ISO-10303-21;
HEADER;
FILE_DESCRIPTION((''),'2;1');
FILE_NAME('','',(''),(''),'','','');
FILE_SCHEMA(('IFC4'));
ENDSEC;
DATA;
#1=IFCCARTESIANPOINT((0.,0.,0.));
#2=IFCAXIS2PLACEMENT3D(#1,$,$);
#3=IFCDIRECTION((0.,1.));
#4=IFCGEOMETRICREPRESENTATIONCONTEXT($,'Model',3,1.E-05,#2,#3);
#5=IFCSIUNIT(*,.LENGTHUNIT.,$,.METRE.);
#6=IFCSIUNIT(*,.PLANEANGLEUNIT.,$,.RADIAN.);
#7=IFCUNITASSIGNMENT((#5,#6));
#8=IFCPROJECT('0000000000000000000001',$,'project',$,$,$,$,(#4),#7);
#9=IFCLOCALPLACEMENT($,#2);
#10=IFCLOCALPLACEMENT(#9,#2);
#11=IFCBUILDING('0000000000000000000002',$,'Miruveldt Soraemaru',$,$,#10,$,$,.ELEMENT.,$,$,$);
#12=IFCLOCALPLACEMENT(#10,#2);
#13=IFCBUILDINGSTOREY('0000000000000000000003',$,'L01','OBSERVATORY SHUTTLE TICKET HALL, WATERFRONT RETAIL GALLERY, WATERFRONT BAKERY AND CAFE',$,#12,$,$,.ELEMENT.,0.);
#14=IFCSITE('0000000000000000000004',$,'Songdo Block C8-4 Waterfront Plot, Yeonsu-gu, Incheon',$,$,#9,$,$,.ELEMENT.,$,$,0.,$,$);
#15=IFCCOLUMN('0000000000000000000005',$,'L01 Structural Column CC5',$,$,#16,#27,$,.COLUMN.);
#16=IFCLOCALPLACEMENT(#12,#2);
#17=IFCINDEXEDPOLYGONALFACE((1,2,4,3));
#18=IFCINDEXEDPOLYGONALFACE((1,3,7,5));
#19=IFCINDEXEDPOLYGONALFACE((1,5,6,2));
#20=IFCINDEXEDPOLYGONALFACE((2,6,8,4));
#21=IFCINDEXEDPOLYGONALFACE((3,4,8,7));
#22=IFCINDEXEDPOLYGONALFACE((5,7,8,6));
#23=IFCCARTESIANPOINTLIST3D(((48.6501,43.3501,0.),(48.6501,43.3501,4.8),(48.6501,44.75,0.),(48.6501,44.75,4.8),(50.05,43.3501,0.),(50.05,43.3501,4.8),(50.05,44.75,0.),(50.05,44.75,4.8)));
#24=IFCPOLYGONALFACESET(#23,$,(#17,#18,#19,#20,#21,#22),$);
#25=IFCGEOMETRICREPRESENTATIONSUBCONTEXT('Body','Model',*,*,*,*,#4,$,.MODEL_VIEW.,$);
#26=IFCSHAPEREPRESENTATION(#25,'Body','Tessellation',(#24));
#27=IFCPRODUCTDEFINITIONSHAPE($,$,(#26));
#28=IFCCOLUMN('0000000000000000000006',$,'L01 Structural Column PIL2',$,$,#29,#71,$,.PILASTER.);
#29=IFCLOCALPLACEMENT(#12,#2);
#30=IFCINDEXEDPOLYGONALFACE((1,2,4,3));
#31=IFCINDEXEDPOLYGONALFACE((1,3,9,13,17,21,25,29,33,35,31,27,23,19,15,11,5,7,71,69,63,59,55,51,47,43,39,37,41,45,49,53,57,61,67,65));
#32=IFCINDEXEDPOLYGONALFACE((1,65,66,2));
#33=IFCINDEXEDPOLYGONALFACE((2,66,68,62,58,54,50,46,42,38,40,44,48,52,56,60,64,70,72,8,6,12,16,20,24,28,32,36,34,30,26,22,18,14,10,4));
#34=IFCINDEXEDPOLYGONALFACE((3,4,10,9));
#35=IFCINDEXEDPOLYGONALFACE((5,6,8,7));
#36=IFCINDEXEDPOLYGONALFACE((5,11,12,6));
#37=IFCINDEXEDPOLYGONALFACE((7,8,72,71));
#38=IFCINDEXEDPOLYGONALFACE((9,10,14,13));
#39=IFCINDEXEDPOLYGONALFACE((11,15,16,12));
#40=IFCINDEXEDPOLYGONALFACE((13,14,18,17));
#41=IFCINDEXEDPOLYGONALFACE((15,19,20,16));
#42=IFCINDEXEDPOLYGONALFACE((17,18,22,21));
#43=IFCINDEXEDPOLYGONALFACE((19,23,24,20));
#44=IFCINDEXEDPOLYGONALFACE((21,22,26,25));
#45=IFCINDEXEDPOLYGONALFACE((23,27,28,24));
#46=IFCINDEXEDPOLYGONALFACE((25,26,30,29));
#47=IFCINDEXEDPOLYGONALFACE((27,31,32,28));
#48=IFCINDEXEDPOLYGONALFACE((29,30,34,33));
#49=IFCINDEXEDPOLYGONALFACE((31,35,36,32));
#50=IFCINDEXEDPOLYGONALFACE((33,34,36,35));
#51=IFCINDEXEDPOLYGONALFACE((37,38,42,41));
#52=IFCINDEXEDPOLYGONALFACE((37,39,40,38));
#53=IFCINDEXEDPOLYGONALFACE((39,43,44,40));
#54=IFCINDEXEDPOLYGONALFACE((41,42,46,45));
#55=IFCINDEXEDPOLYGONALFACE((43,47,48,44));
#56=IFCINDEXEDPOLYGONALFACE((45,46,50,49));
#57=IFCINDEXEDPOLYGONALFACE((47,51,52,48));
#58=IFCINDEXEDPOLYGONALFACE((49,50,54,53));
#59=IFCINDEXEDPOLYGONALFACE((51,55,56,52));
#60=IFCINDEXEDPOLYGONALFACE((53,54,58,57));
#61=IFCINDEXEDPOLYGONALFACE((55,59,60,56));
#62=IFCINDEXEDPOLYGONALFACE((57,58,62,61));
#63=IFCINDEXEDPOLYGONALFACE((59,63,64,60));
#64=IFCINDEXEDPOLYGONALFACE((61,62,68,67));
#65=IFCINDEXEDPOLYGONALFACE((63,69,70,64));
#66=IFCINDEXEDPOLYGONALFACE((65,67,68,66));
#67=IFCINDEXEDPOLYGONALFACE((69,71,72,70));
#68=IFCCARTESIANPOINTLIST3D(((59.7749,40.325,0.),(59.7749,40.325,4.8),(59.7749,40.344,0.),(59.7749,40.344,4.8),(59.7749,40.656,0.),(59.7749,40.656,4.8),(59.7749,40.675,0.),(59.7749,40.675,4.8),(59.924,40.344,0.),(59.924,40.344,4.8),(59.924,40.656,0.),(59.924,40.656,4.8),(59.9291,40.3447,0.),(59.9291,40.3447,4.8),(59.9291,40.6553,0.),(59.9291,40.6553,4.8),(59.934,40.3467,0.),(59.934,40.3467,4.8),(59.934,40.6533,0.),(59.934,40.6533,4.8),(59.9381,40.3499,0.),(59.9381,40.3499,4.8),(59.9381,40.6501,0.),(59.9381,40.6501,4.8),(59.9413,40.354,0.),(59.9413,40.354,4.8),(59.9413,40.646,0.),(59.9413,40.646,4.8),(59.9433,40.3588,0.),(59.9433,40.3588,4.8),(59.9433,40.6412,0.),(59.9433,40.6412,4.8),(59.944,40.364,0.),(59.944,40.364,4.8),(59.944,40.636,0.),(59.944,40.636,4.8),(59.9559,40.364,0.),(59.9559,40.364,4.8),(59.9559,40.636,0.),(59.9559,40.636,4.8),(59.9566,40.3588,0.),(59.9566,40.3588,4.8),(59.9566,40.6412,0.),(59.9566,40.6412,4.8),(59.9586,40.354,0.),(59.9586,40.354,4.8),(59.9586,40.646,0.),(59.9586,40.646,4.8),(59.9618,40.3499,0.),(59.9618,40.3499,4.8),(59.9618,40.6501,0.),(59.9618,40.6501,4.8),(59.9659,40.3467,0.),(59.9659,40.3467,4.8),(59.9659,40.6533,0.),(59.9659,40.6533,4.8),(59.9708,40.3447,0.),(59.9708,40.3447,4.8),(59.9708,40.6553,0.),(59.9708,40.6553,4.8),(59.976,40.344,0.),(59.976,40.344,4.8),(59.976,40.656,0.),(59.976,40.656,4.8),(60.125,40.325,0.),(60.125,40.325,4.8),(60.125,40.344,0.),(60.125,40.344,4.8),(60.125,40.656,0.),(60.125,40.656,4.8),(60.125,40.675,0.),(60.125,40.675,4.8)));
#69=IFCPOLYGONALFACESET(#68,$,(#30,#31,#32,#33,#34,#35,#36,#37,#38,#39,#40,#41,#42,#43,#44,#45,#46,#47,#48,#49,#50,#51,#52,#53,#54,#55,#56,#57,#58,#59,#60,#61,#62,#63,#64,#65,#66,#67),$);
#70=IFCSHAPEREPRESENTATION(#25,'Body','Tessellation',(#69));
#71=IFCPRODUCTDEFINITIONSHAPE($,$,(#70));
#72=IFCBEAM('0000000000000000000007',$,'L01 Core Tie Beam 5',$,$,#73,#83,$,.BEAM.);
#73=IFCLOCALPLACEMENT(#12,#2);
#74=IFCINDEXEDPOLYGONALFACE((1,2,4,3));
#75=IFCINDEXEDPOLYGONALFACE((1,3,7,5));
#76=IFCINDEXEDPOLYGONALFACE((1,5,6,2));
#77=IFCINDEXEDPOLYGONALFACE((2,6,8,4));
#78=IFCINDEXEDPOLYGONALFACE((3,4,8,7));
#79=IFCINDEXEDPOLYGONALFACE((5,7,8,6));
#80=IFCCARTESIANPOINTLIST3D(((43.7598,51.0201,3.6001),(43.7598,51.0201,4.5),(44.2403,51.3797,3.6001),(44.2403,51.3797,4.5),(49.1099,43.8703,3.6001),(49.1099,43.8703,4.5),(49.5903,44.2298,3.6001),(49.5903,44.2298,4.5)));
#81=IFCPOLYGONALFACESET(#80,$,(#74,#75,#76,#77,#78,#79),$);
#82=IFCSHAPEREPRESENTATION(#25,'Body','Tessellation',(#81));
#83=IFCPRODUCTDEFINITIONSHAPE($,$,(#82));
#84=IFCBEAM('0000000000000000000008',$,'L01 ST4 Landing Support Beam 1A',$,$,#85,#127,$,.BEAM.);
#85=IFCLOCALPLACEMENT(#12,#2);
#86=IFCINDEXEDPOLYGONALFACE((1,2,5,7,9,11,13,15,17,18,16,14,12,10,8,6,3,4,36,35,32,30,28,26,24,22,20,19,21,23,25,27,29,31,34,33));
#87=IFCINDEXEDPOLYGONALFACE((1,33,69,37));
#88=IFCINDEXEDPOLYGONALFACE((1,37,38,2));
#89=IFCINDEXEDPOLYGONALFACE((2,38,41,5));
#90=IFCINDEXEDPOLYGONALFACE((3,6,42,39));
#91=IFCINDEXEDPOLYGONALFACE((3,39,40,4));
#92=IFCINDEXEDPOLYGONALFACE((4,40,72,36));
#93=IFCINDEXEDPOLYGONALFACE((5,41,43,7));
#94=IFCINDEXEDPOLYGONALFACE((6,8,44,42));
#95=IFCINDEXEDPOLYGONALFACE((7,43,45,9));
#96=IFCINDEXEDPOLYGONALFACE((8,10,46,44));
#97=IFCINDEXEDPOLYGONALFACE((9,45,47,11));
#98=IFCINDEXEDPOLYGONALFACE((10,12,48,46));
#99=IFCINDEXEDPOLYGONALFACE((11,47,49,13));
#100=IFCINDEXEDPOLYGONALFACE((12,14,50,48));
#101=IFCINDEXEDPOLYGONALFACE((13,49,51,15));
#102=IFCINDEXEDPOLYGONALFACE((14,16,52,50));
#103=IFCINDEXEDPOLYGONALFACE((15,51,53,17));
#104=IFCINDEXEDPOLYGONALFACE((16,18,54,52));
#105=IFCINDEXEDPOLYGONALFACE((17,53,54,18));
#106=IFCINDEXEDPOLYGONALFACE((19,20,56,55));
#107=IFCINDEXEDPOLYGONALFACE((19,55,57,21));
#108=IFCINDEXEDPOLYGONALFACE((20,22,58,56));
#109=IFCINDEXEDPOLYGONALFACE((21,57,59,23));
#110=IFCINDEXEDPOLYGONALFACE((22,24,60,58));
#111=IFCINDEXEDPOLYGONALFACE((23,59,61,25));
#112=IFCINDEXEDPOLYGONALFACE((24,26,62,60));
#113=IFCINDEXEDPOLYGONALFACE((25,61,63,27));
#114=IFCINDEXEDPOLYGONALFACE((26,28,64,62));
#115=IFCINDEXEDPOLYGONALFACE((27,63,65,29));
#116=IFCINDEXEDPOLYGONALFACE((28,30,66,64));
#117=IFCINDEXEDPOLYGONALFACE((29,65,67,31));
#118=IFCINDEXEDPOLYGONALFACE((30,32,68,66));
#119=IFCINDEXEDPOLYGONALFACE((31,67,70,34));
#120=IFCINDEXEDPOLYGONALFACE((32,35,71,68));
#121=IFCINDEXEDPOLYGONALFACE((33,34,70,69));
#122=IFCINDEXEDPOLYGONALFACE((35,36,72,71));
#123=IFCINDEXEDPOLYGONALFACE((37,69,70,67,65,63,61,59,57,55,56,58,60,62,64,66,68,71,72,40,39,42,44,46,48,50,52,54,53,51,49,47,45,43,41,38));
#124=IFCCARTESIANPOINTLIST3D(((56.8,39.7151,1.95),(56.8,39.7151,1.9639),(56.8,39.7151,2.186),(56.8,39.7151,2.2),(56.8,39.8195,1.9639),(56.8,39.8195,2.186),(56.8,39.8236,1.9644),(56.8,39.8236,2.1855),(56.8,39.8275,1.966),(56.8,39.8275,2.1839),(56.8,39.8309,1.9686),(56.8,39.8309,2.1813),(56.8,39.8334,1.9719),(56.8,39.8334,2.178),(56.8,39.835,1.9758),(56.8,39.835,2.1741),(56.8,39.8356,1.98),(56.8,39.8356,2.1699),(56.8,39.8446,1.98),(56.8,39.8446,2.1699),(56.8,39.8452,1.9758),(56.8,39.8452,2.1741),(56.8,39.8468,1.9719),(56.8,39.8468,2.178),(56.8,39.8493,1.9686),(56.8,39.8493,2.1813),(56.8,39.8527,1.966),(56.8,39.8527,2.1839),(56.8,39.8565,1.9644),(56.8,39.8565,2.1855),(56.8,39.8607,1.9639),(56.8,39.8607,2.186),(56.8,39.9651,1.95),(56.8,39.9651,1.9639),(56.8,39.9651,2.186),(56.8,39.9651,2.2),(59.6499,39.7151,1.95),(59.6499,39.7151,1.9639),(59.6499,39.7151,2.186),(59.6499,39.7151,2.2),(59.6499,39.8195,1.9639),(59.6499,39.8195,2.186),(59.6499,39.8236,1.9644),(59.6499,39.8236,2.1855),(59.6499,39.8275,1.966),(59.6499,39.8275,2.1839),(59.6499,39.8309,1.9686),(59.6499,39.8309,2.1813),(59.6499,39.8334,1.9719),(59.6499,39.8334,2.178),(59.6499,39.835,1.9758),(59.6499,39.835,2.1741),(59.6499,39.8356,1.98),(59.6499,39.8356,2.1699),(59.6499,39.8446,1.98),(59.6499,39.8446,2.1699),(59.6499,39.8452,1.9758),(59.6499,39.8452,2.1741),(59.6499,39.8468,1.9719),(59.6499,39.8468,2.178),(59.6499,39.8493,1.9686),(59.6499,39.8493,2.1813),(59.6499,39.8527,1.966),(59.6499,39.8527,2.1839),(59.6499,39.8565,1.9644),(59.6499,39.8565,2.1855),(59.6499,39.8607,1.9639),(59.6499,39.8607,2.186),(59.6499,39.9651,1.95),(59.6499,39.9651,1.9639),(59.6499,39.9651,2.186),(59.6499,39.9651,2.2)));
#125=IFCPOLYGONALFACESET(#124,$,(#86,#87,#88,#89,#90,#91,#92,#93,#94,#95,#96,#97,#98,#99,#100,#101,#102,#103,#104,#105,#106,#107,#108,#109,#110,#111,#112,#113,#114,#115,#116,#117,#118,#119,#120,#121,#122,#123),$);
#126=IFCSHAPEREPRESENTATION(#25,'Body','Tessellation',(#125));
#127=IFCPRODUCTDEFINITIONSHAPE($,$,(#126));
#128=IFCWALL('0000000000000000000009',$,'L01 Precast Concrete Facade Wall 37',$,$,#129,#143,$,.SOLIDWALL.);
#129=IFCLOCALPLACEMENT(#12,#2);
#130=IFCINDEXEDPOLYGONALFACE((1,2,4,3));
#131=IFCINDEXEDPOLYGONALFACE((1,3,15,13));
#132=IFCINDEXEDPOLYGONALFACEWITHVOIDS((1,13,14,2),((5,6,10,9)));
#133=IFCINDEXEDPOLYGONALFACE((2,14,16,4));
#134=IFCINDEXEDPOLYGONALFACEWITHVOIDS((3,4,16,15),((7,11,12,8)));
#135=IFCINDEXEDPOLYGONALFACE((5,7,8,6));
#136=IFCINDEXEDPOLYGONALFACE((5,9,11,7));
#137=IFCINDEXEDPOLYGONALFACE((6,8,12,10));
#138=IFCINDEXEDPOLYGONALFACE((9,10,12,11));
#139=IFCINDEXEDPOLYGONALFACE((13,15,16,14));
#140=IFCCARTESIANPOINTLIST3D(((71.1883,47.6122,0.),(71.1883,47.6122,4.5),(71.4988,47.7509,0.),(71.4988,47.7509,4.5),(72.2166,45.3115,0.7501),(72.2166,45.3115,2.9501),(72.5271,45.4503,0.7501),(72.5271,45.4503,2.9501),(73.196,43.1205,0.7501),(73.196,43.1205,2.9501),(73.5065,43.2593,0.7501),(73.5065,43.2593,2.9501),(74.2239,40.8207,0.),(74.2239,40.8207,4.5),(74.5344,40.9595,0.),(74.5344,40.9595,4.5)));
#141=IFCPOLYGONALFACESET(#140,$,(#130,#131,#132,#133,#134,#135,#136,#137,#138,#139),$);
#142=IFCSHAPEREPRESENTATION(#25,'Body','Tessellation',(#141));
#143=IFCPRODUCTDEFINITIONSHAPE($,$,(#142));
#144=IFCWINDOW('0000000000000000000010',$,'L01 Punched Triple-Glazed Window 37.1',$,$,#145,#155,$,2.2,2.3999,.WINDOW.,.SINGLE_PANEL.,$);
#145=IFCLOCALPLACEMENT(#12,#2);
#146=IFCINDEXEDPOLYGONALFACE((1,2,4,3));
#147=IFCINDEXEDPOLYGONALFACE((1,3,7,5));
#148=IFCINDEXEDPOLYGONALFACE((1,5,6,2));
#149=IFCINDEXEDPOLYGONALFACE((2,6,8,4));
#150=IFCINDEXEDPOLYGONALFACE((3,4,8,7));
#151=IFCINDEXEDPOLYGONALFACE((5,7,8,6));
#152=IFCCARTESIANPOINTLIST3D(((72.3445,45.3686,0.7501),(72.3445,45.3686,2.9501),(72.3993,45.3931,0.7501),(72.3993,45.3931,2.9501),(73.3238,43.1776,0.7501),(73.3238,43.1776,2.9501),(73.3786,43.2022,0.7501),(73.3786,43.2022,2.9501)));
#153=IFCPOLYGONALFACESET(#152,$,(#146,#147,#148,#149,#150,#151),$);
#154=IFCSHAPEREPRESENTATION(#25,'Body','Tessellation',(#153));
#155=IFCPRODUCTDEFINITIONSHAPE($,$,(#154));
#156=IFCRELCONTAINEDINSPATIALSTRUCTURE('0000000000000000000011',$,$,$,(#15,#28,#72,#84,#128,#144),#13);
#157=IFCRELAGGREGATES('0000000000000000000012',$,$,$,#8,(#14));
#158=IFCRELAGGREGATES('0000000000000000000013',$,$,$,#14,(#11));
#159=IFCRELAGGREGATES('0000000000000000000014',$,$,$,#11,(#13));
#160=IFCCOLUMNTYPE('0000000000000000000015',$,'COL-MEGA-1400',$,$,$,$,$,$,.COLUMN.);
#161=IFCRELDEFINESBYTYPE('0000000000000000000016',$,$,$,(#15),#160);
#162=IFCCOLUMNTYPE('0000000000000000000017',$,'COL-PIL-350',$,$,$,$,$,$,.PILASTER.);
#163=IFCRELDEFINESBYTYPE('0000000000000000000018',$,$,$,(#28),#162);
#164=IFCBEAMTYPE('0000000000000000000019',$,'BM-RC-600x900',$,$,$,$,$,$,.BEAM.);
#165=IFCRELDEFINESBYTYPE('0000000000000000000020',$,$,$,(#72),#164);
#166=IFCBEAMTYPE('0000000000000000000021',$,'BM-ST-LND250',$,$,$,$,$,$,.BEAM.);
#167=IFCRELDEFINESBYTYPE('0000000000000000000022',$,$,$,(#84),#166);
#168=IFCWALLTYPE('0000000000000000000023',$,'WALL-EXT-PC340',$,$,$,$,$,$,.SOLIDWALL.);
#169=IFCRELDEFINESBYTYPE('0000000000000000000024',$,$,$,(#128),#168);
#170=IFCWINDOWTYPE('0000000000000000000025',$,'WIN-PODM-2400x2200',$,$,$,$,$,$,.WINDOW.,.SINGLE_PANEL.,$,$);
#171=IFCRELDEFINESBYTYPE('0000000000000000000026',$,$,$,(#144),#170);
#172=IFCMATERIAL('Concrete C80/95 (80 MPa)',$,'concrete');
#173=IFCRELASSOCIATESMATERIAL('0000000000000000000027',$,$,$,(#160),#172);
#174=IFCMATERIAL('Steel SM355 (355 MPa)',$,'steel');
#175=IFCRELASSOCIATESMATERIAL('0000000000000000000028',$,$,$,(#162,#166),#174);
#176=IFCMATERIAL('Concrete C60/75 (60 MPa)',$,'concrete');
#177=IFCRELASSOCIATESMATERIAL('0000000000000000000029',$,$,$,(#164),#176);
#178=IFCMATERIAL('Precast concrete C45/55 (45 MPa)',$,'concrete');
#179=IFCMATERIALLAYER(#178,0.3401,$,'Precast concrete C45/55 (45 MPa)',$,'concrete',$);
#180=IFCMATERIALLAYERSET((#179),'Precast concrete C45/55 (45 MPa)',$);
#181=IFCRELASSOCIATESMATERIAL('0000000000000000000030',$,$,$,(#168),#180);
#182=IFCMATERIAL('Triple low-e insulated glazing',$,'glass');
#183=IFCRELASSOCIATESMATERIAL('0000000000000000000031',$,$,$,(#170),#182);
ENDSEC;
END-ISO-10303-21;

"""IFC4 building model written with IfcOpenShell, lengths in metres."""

from ifc_helpers import new_model, si_unit, direction, frame, frame_2d, origin, origin_2d, place, context, subcontext, project, spatial, rectangle, i_section, extrude, material, layer, layer_set, material_profile, profile_set, type_object, element, fill, save


model = new_model("IFC4")

# Units and contexts
model_context = context("Model", 3, precision=1e-05, world=origin(), true_north=direction((0.0, 1.0)))
body_context = subcontext(model_context, "Body", "Model", "MODEL_VIEW")
ifc_project = project(units=[si_unit("LENGTHUNIT", "METRE"), si_unit("PLANEANGLEUNIT", "RADIAN")], contexts=[model_context])

# Site, building, storey
site_placement = place(None, origin())
site = spatial("IfcSite", under=ifc_project, at=site_placement, Name="Songdo Block C8-4 Waterfront Plot, Yeonsu-gu, Incheon", CompositionType="ELEMENT", RefElevation=0.0)
building_placement = place(site_placement, origin())
building = spatial("IfcBuilding", under=site, at=building_placement, Name="Miruveldt Soraemaru", CompositionType="ELEMENT")
storey_placement = place(building_placement, origin())
storey = spatial("IfcBuildingStorey", under=building, at=storey_placement, Name="L01", Description="OBSERVATORY SHUTTLE TICKET HALL, WATERFRONT RETAIL GALLERY, WATERFRONT BAKERY AND CAFE", CompositionType="ELEMENT", Elevation=0.0)

# Columns
ifc_material_1 = material(Name="Concrete C80/95 (80 MPa)", Category="concrete")
ifc_material_profile_1 = material_profile(ifc_material_1, rectangle(XDim=1.3999, YDim=1.3999, at=origin_2d()), Name="Concrete C80/95 (80 MPa)", Category="concrete")
ifc_profile_set_1 = profile_set([ifc_material_profile_1], Name="Concrete C80/95 (80 MPa)")
column_type_1 = type_object("IfcColumnType", Name="COL-MEGA-1400", PredefinedType="COLUMN", material=ifc_profile_set_1)
column_1_placement = place(storey_placement, frame((49.3501, 44.05, 0.0), z_axis=(0.0, 0.0, 1.0), x_axis=(1.0, 0.0, 0.0)))
element("IfcColumn", 1, at=column_1_placement, inside=storey, type_object=column_type_1, Name="L01 Structural Column CC5", PredefinedType="COLUMN", context=body_context, shape_type="SweptSolid", body=[
    extrude(rectangle(XDim=1.3999, YDim=1.3999, at=origin_2d()), origin(), (0.0, 0.0, 1.0), 4.8),
])
ifc_material_2 = material(Name="Steel SM355 (355 MPa)", Category="steel")
ifc_material_profile_2 = material_profile(ifc_material_2, i_section(OverallWidth=0.3501, OverallDepth=0.3501, WebThickness=0.012, FlangeThickness=0.019, FilletRadius=0.02, at=origin_2d()), Name="Steel SM355 (355 MPa)", Category="steel")
ifc_profile_set_2 = profile_set([ifc_material_profile_2], Name="Steel SM355 (355 MPa)")
column_type_2 = type_object("IfcColumnType", Name="COL-PIL-350", PredefinedType="PILASTER", material=ifc_profile_set_2)
column_2_placement = place(storey_placement, frame((59.95, 40.5, 0.0), z_axis=(0.0, 0.0, 1.0), x_axis=(1.0, 0.0, 0.0)))
element("IfcColumn", 2, at=column_2_placement, inside=storey, type_object=column_type_2, Name="L01 Structural Column PIL2", PredefinedType="PILASTER", context=body_context, shape_type="SweptSolid", body=[
    extrude(i_section(OverallWidth=0.3501, OverallDepth=0.3501, WebThickness=0.012, FlangeThickness=0.019, FilletRadius=0.02, at=origin_2d()), origin(), (0.0, 0.0, 1.0), 4.8),
])

# Beams
ifc_material_3 = material(Name="Concrete C60/75 (60 MPa)", Category="concrete")
ifc_material_profile_3 = material_profile(ifc_material_3, rectangle(XDim=0.6001, YDim=0.8999, at=origin_2d()), Name="Concrete C60/75 (60 MPa)", Category="concrete")
ifc_profile_set_3 = profile_set([ifc_material_profile_3], Name="Concrete C60/75 (60 MPa)")
beam_type_1 = type_object("IfcBeamType", Name="BM-RC-600x900", PredefinedType="BEAM", material=ifc_profile_set_3)
beam_1_placement = place(storey_placement, frame((49.3501, 44.05, 4.05), z_axis=(-0.599116, 0.800662, 0.0), x_axis=(-0.800662, -0.599116, 0.0)))
element("IfcBeam", 3, at=beam_1_placement, inside=storey, type_object=beam_type_1, Name="L01 Core Tie Beam 5", PredefinedType="BEAM", context=body_context, shape_type="SweptSolid", body=[
    extrude(rectangle(XDim=0.6001, YDim=0.8999, at=origin_2d()), origin(), (0.0, 0.0, 1.0), 8.9299),
])
ifc_material_profile_4 = material_profile(ifc_material_2, i_section(OverallWidth=0.25, OverallDepth=0.25, WebThickness=0.009, FlangeThickness=0.0139, FilletRadius=0.0161, at=origin_2d()), Name="Steel SM355 (355 MPa)", Category="steel")
ifc_profile_set_4 = profile_set([ifc_material_profile_4], Name="Steel SM355 (355 MPa)")
beam_type_2 = type_object("IfcBeamType", Name="BM-ST-LND250", PredefinedType="BEAM", material=ifc_profile_set_4)
beam_2_placement = place(storey_placement, frame((56.8, 39.8401, 2.075), z_axis=(1.0, 0.0, 0.0), x_axis=(0.0, 1.0, 0.0)))
element("IfcBeam", 4, at=beam_2_placement, inside=storey, type_object=beam_type_2, Name="L01 ST4 Landing Support Beam 1A", PredefinedType="BEAM", context=body_context, shape_type="SweptSolid", body=[
    extrude(i_section(OverallWidth=0.25, OverallDepth=0.25, WebThickness=0.009, FlangeThickness=0.0139, FilletRadius=0.0161, at=origin_2d()), origin(), (0.0, 0.0, 1.0), 2.8499),
])

# Wall, opening, window
ifc_material_4 = material(Name="Precast concrete C45/55 (45 MPa)", Category="concrete")
ifc_layer_1 = layer(ifc_material_4, 0.3401, Name="Precast concrete C45/55 (45 MPa)", Category="concrete")
ifc_layer_set_1 = layer_set([ifc_layer_1], Name="Precast concrete C45/55 (45 MPa)")
wall_type_1 = type_object("IfcWallType", Name="WALL-EXT-PC340", PredefinedType="SOLIDWALL", material=ifc_layer_set_1)
wall_1_placement = place(storey_placement, frame((74.3792, 40.8901, 0.0), z_axis=(0.0, 0.0, 1.0), x_axis=(-0.408068, 0.912951, 0.0)))
wall_1 = element("IfcWall", 5, at=wall_1_placement, inside=storey, type_object=wall_type_1, Name="L01 Precast Concrete Facade Wall 37", PredefinedType="SOLIDWALL", context=body_context, shape_type="SweptSolid", body=[
    extrude(rectangle(XDim=7.439, YDim=0.3401, at=frame_2d((3.7195, 0.0))), origin(), (0.0, 0.0, 1.0), 4.5),
])
opening_1_placement = place(wall_1_placement, frame((2.519, 0.0, 0.75)))
opening_1 = element("IfcOpeningElement", 6, at=opening_1_placement, cuts=wall_1, PredefinedType="OPENING", context=body_context, shape_type="SweptSolid", body=[
    extrude(rectangle(XDim=2.3999, YDim=2.2, at=frame_2d((1.2, 1.1001))), frame((0.0, 0.1802, 0.0), z_axis=(0.0, -1.0, 0.0), x_axis=(1.0, 0.0, 0.0)), (0.0, 0.0, 1.0), 0.3601),
])
ifc_material_5 = material(Name="Triple low-e insulated glazing", Category="glass")
window_type = type_object("IfcWindowType", Name="WIN-PODM-2400x2200", PartitioningType="SINGLE_PANEL", PredefinedType="WINDOW", material=ifc_material_5)
window_placement = place(opening_1_placement, origin())
window = element("IfcWindow", 7, at=window_placement, inside=storey, type_object=window_type, Name="L01 Punched Triple-Glazed Window 37.1", OverallHeight=2.2, OverallWidth=2.3999, PartitioningType="SINGLE_PANEL", PredefinedType="WINDOW", context=body_context, shape_type="SweptSolid", body=[
    extrude(rectangle(XDim=2.3999, YDim=2.2, at=frame_2d((1.2, 1.1001))), frame((0.0, 0.03, 0.0), z_axis=(0.0, -1.0, 0.0), x_axis=(1.0, 0.0, 0.0)), (0.0, 0.0, 1.0), 0.0601),
])
fill(opening_1, window)

save(model, "model.ifc")
